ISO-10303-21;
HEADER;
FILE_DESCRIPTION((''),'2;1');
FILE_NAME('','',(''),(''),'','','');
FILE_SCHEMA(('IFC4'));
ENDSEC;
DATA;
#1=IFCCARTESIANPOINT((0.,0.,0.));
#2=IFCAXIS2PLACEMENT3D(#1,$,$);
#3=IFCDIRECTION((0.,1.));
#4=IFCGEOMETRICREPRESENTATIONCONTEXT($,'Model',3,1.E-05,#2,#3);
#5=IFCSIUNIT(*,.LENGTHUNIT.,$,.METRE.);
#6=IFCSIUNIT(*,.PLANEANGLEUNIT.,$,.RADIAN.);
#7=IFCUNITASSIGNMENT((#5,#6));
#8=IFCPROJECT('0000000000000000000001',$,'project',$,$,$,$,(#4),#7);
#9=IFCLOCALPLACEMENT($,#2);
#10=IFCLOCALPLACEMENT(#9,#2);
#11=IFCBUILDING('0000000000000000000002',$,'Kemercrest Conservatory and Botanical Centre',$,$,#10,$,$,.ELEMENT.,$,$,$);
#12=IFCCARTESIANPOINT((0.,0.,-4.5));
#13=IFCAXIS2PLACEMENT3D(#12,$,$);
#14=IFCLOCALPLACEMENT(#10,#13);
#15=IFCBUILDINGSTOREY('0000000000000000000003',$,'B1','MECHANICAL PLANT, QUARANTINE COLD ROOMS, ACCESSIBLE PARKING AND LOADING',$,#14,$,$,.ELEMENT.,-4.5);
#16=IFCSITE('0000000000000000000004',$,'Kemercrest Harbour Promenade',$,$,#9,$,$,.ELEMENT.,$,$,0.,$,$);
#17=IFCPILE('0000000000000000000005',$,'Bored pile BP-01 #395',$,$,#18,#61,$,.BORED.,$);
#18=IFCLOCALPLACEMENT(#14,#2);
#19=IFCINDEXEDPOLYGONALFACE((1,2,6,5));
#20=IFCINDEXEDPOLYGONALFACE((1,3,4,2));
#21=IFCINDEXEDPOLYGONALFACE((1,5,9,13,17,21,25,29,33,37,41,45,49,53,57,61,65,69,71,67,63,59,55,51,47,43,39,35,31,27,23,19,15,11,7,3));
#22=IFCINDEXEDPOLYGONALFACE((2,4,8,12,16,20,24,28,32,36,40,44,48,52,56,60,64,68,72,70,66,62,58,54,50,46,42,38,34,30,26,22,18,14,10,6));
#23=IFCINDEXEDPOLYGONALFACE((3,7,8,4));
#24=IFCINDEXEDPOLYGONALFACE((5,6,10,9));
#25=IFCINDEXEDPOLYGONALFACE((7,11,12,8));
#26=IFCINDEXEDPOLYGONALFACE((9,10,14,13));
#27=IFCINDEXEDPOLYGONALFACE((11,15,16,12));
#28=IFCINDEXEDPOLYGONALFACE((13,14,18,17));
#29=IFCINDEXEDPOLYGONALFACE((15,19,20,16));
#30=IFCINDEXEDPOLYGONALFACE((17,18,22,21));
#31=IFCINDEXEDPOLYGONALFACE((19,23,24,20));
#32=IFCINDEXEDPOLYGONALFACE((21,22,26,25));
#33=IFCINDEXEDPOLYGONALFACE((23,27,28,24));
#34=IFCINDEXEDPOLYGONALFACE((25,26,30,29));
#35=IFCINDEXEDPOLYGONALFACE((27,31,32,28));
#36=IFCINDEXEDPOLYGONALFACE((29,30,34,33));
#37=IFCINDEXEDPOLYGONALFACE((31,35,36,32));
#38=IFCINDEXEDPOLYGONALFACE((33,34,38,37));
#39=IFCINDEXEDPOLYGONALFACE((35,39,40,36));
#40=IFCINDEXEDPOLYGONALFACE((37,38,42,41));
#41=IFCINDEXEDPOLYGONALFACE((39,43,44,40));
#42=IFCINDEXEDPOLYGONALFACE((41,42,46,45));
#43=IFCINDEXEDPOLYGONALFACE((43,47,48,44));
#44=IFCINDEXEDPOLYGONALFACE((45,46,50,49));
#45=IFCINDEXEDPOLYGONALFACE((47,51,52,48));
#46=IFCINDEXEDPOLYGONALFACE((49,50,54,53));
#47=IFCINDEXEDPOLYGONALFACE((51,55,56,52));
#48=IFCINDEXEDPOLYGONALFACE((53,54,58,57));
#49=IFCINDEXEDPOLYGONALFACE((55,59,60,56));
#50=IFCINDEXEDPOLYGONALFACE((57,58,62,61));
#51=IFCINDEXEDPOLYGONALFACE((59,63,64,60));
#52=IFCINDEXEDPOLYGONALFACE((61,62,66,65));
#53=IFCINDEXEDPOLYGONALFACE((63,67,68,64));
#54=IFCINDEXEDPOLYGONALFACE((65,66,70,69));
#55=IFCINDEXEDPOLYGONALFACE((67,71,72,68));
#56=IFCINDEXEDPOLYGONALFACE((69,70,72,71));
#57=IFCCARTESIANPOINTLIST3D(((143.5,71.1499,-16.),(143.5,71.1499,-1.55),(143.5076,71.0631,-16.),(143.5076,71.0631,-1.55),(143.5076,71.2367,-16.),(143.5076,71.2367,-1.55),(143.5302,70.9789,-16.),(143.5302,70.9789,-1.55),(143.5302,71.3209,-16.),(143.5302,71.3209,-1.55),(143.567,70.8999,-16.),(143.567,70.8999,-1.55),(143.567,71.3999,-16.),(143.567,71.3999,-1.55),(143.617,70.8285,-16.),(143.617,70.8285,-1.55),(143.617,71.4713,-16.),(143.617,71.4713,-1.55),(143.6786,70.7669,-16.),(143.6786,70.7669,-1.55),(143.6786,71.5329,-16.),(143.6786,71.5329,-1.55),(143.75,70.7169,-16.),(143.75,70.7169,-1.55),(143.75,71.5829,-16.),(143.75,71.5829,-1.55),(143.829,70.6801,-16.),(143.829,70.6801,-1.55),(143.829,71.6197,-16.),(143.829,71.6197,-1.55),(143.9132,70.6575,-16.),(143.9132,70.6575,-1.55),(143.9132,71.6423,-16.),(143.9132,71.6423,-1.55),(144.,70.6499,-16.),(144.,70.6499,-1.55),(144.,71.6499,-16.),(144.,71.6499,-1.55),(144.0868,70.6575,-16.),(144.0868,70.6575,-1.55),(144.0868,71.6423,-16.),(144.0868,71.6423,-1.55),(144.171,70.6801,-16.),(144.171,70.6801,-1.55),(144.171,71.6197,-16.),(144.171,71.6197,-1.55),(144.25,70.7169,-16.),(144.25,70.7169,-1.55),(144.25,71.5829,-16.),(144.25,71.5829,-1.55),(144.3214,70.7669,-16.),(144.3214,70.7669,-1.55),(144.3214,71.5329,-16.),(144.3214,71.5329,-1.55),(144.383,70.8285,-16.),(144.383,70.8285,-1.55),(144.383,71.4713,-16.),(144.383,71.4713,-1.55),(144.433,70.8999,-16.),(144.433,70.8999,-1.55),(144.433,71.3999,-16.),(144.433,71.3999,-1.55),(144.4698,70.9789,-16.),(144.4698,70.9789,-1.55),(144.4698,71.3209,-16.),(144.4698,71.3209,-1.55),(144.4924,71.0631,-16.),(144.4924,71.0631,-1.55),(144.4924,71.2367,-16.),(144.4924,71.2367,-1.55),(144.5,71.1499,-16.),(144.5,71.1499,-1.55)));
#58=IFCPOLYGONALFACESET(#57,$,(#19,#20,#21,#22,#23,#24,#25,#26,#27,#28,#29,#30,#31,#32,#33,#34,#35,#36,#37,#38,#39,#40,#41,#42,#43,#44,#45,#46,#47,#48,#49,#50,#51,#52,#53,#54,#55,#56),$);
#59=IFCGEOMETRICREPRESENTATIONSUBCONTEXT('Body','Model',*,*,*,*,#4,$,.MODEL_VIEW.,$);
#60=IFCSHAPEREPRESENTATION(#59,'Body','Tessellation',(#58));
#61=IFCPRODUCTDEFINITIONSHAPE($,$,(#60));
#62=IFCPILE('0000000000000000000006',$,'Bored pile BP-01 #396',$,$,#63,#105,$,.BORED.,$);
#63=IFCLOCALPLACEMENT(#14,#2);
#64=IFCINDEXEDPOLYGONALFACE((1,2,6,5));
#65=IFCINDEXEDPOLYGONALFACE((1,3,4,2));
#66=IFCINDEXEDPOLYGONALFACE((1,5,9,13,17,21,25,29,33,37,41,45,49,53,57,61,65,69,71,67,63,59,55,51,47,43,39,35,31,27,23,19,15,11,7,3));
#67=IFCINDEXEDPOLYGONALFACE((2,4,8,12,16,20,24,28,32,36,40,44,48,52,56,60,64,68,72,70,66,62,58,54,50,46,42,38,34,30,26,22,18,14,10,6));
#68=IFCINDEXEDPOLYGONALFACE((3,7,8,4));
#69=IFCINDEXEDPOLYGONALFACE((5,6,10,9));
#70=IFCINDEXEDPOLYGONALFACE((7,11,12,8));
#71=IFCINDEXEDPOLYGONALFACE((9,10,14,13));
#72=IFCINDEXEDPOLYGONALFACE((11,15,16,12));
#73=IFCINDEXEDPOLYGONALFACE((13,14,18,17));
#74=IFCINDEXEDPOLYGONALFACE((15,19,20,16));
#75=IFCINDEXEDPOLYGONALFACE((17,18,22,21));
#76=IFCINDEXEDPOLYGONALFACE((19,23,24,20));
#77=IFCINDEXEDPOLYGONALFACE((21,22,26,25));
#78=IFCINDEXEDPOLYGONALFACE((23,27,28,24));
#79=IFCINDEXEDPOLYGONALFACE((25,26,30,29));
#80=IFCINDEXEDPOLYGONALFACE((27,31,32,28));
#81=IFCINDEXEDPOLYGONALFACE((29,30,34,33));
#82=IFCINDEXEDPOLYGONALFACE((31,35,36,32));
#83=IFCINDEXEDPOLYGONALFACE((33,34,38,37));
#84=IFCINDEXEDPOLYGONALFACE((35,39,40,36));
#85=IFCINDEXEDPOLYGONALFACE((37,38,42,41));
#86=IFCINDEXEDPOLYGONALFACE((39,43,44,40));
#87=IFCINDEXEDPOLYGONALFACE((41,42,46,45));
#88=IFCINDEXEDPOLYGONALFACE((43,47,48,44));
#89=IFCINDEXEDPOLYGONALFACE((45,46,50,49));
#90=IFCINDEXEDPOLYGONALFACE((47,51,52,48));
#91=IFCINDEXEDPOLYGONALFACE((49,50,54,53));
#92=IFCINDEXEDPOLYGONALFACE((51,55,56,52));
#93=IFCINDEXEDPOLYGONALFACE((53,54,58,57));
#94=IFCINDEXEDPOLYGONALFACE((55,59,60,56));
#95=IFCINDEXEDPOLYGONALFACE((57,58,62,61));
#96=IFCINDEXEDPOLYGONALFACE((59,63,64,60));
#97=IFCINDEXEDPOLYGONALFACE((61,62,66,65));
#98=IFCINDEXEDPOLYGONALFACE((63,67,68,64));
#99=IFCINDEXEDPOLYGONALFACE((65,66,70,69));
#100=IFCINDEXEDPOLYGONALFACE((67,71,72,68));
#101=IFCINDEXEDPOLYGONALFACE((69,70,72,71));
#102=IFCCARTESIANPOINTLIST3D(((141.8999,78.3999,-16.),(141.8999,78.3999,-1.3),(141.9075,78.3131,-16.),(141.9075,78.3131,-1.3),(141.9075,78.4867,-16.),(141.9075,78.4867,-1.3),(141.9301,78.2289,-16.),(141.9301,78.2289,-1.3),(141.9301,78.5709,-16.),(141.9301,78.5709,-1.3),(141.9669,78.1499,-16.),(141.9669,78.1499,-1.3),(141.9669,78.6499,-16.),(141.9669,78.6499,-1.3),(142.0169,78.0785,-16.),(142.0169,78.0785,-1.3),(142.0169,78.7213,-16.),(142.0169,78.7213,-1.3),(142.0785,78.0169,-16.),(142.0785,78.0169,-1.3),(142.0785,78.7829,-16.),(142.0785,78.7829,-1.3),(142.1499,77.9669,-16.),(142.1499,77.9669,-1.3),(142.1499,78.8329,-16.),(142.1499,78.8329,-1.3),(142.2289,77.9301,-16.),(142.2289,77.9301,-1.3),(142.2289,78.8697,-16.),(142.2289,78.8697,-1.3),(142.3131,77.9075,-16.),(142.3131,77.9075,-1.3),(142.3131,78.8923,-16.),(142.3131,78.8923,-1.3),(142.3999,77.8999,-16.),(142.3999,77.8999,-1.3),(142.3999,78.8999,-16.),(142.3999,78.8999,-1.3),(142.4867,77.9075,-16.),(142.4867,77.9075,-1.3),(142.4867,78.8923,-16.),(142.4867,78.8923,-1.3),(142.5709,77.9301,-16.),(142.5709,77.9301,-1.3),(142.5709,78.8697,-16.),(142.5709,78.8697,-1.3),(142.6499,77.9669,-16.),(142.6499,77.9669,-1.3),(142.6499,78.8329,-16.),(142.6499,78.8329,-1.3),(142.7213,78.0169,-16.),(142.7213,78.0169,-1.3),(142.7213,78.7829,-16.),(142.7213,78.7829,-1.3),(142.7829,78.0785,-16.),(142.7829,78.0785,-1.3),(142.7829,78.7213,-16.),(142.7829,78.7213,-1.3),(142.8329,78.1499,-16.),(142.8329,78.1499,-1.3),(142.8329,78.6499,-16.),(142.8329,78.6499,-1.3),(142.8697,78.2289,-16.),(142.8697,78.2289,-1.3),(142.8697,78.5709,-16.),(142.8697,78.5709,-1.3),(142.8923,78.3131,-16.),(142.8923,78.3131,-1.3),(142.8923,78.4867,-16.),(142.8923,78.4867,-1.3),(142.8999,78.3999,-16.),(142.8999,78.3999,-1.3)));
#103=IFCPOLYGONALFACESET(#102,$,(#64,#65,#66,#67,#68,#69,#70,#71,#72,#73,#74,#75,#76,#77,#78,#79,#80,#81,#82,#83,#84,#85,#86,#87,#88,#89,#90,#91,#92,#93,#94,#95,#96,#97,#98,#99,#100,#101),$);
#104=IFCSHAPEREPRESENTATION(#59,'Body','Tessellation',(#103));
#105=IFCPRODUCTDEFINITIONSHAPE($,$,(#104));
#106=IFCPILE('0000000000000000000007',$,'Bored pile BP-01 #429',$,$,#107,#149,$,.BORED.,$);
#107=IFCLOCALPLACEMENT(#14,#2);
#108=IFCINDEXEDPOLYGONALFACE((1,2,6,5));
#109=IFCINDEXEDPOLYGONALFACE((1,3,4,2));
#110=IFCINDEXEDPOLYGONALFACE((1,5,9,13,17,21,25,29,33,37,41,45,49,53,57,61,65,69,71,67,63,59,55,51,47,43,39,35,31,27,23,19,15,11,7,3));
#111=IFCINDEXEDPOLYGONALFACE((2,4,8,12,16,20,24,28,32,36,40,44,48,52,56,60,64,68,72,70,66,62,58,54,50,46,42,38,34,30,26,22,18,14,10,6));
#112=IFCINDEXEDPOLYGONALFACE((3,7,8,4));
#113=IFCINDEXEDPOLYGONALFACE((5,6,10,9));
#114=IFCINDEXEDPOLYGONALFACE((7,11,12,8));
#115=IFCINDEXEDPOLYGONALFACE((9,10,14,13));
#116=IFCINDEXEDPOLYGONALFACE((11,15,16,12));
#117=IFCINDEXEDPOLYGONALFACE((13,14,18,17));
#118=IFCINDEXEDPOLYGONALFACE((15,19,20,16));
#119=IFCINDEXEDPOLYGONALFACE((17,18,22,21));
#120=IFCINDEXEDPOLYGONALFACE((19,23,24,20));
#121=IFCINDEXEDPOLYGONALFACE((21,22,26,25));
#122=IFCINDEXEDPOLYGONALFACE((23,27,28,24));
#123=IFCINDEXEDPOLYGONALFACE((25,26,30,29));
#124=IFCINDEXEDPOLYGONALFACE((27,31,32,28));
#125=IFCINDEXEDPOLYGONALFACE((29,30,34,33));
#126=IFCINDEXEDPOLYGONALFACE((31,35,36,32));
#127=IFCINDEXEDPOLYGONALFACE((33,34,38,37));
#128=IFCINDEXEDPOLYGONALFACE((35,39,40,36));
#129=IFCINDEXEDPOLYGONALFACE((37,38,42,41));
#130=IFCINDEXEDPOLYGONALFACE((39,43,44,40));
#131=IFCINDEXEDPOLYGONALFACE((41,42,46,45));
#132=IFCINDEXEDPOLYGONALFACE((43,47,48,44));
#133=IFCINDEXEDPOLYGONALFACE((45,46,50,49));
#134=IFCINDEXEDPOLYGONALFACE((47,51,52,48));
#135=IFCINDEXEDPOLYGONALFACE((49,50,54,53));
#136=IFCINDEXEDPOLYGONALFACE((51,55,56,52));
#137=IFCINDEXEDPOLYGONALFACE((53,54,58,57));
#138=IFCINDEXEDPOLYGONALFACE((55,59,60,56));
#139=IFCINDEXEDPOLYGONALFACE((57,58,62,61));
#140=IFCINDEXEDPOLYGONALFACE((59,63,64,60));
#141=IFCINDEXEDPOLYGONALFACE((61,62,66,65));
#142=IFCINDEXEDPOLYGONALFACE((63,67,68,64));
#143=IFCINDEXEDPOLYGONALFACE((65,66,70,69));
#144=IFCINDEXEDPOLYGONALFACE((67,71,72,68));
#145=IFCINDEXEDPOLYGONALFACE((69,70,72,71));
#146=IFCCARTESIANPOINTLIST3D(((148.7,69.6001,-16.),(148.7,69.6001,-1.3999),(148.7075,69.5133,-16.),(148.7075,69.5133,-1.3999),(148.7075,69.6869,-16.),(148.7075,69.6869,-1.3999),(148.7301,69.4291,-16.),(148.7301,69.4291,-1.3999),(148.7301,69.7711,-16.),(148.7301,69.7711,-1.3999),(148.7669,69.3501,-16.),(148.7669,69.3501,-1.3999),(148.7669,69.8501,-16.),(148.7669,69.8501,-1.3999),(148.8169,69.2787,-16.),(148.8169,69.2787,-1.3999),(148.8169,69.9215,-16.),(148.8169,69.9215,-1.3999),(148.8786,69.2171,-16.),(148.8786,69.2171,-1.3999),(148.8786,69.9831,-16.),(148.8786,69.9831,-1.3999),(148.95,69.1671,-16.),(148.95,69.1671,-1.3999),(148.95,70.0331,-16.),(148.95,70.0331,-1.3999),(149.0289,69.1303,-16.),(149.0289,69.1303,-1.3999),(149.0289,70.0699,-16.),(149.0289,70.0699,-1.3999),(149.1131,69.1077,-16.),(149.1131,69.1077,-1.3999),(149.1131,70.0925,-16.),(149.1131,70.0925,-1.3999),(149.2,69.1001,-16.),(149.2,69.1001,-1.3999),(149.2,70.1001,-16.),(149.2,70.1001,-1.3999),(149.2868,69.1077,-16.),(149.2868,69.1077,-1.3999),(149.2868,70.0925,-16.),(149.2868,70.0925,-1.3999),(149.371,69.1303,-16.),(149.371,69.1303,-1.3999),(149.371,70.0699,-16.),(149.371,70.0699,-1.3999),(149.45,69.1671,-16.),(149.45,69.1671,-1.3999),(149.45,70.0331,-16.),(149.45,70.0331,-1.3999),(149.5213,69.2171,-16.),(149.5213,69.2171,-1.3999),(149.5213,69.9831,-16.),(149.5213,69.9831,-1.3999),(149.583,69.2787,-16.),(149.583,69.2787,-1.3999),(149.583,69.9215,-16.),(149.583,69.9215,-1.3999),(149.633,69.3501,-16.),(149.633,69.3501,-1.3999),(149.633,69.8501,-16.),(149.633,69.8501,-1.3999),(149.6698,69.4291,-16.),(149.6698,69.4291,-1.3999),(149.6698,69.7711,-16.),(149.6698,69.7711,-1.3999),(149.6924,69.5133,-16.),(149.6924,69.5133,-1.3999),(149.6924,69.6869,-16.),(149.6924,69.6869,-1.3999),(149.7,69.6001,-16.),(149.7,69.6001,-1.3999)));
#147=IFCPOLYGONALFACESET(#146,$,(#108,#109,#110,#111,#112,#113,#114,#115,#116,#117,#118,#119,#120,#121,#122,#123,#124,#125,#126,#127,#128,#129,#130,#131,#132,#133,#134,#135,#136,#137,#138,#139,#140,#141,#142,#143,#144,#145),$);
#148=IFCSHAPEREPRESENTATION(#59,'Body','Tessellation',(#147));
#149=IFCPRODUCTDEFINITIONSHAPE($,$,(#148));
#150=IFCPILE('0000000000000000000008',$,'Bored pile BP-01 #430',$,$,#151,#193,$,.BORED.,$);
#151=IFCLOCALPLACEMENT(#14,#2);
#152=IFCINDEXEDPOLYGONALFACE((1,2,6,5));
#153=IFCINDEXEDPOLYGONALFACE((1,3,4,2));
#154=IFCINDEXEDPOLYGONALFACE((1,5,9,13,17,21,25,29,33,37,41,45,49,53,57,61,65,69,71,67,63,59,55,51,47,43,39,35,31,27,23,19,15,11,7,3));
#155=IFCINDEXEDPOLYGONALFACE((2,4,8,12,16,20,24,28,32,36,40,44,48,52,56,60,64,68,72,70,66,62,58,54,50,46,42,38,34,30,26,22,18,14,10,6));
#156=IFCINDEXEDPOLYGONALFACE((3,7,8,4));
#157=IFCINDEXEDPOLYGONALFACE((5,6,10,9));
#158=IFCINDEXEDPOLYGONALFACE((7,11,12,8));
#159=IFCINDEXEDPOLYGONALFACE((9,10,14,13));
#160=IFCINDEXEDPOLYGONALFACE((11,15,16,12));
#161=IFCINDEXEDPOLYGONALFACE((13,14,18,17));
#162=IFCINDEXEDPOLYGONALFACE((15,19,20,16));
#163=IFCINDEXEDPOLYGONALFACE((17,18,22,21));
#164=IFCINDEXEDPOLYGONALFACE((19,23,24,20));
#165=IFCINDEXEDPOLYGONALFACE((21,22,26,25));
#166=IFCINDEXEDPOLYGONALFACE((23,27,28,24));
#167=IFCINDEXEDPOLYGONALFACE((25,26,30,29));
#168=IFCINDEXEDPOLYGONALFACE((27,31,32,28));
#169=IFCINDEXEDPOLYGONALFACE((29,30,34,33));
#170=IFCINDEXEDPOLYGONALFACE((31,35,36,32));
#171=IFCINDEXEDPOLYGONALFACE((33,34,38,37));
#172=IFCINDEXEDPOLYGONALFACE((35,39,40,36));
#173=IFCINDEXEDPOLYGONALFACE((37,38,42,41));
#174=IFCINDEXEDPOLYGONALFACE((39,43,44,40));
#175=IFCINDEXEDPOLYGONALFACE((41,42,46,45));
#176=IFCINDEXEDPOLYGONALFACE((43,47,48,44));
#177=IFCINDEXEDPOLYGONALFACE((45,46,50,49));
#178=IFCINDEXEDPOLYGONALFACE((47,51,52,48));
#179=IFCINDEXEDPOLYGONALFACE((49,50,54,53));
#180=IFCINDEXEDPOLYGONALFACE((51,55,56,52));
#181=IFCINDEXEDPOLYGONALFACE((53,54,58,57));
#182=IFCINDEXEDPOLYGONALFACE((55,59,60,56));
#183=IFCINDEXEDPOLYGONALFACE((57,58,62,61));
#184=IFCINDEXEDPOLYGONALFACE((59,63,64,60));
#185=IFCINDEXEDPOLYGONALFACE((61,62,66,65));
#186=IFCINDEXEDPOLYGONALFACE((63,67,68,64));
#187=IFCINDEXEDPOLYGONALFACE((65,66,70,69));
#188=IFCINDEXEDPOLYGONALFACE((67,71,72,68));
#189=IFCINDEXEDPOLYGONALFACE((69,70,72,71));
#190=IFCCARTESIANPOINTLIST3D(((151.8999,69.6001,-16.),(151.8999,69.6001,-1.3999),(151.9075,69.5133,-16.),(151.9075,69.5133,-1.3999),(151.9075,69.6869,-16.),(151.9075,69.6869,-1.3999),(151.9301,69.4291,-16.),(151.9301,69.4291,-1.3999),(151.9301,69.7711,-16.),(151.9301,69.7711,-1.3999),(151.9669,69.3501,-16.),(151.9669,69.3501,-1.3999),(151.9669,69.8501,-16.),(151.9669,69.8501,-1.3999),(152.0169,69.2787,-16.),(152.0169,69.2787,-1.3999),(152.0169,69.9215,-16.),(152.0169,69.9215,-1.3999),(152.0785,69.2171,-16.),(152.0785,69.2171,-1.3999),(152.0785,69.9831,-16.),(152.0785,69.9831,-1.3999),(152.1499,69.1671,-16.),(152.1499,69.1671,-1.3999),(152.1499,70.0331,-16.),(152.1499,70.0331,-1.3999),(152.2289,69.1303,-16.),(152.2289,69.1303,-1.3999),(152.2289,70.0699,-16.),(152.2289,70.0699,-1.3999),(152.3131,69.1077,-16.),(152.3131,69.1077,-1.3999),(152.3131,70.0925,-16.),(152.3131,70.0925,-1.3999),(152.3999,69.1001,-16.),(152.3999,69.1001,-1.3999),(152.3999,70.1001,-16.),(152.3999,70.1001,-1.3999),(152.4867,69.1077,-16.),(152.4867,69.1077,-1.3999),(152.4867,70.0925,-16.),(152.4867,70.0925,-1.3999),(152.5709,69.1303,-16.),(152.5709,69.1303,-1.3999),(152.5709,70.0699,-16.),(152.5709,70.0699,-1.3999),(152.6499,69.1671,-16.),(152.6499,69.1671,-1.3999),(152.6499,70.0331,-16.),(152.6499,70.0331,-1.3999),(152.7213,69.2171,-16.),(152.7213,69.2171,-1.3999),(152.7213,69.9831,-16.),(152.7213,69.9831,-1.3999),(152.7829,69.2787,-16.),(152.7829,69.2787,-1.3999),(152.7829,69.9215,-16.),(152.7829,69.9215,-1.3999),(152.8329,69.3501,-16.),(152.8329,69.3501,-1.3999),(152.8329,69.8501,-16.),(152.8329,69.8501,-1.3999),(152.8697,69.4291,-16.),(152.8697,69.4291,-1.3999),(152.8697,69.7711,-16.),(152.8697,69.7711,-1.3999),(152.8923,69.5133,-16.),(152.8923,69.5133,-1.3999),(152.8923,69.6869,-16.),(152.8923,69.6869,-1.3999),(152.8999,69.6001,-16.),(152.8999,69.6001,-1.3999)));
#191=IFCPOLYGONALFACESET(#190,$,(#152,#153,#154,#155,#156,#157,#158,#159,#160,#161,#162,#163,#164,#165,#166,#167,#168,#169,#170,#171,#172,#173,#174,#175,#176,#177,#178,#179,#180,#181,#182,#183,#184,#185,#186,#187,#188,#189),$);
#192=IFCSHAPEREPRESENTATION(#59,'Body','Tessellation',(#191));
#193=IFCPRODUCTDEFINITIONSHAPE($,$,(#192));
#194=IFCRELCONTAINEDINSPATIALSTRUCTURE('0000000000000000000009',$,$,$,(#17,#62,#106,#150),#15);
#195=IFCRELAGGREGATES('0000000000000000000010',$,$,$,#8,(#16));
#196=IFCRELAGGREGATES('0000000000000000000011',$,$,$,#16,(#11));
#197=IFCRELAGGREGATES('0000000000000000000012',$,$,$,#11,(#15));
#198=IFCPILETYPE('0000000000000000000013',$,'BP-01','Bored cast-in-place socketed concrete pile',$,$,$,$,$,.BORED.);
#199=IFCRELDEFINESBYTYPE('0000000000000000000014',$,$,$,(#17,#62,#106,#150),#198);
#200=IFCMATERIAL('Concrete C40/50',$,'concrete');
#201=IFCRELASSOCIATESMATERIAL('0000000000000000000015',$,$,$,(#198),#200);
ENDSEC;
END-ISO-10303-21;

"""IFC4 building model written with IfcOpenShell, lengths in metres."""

from ifc_helpers import new_model, si_unit, direction, frame, origin, origin_2d, place, context, subcontext, project, spatial, circle, extrude, material, material_profile, profile_set, type_object, element, save


model = new_model("IFC4")

# Units and contexts
model_context = context("Model", 3, precision=1e-05, world=origin(), true_north=direction((0.0, 1.0)))
body_context = subcontext(model_context, "Body", "Model", "MODEL_VIEW")
ifc_project = project(units=[si_unit("LENGTHUNIT", "METRE"), si_unit("PLANEANGLEUNIT", "RADIAN")], contexts=[model_context])

# Site, building, storey
site_placement = place(None, origin())
site = spatial("IfcSite", under=ifc_project, at=site_placement, Name="Kemercrest Harbour Promenade", CompositionType="ELEMENT", RefElevation=0.0)
building_placement = place(site_placement, origin())
building = spatial("IfcBuilding", under=site, at=building_placement, Name="Kemercrest Conservatory and Botanical Centre", CompositionType="ELEMENT")
storey_placement = place(building_placement, frame((0.0, 0.0, -4.5)))
storey = spatial("IfcBuildingStorey", under=building, at=storey_placement, Name="B1", Description="MECHANICAL PLANT, QUARANTINE COLD ROOMS, ACCESSIBLE PARKING AND LOADING", CompositionType="ELEMENT", Elevation=-4.5)

# Piles
ifc_material_1 = material(Name="Concrete C40/50", Category="concrete")
ifc_material_profile_1 = material_profile(ifc_material_1, circle(Radius=0.5, at=origin_2d()), Name="BORED PILE 1000")
ifc_profile_set_1 = profile_set([ifc_material_profile_1], Name="Concrete C40/50")
pile_type_1 = type_object("IfcPileType", Name="BP-01", Description="Bored cast-in-place socketed concrete pile", PredefinedType="BORED", material=ifc_profile_set_1)
pile_1_placement = place(storey_placement, frame((144.0, 71.1499, -1.55), z_axis=(0.0, 0.0, -1.0), x_axis=(1.0, 0.0, 0.0)))
element("IfcPile", 1, at=pile_1_placement, inside=storey, type_object=pile_type_1, Name="Bored pile BP-01 #395", PredefinedType="BORED", context=body_context, shape_type="SweptSolid", body=[
    extrude(circle(Radius=0.5, at=origin_2d()), origin(), (0.0, 0.0, 1.0), 14.45),
])
pile_2_placement = place(storey_placement, frame((142.3999, 78.3999, -1.3), z_axis=(0.0, 0.0, -1.0), x_axis=(1.0, 0.0, 0.0)))
element("IfcPile", 2, at=pile_2_placement, inside=storey, type_object=pile_type_1, Name="Bored pile BP-01 #396", PredefinedType="BORED", context=body_context, shape_type="SweptSolid", body=[
    extrude(circle(Radius=0.5, at=origin_2d()), origin(), (0.0, 0.0, 1.0), 14.7),
])
for number, where, z_axis, x_axis, name in (
    (3, (149.2, 69.6001, -1.3999), (0.0, 0.0, -1.0), (1.0, 0.0, 0.0), "Bored pile BP-01 #429"),
    (4, (152.3999, 69.6001, -1.3999), (0.0, 0.0, -1.0), (1.0, 0.0, 0.0), "Bored pile BP-01 #430"),
):
    element("IfcPile", number, at=place(storey_placement, frame(where, z_axis=z_axis, x_axis=x_axis)), inside=storey, type_object=pile_type_1, Name=name, PredefinedType="BORED", context=body_context, shape_type="SweptSolid", body=[
        extrude(circle(Radius=0.5, at=origin_2d()), origin(), (0.0, 0.0, 1.0), 14.6001),
    ])

save(model, "model.ifc")
